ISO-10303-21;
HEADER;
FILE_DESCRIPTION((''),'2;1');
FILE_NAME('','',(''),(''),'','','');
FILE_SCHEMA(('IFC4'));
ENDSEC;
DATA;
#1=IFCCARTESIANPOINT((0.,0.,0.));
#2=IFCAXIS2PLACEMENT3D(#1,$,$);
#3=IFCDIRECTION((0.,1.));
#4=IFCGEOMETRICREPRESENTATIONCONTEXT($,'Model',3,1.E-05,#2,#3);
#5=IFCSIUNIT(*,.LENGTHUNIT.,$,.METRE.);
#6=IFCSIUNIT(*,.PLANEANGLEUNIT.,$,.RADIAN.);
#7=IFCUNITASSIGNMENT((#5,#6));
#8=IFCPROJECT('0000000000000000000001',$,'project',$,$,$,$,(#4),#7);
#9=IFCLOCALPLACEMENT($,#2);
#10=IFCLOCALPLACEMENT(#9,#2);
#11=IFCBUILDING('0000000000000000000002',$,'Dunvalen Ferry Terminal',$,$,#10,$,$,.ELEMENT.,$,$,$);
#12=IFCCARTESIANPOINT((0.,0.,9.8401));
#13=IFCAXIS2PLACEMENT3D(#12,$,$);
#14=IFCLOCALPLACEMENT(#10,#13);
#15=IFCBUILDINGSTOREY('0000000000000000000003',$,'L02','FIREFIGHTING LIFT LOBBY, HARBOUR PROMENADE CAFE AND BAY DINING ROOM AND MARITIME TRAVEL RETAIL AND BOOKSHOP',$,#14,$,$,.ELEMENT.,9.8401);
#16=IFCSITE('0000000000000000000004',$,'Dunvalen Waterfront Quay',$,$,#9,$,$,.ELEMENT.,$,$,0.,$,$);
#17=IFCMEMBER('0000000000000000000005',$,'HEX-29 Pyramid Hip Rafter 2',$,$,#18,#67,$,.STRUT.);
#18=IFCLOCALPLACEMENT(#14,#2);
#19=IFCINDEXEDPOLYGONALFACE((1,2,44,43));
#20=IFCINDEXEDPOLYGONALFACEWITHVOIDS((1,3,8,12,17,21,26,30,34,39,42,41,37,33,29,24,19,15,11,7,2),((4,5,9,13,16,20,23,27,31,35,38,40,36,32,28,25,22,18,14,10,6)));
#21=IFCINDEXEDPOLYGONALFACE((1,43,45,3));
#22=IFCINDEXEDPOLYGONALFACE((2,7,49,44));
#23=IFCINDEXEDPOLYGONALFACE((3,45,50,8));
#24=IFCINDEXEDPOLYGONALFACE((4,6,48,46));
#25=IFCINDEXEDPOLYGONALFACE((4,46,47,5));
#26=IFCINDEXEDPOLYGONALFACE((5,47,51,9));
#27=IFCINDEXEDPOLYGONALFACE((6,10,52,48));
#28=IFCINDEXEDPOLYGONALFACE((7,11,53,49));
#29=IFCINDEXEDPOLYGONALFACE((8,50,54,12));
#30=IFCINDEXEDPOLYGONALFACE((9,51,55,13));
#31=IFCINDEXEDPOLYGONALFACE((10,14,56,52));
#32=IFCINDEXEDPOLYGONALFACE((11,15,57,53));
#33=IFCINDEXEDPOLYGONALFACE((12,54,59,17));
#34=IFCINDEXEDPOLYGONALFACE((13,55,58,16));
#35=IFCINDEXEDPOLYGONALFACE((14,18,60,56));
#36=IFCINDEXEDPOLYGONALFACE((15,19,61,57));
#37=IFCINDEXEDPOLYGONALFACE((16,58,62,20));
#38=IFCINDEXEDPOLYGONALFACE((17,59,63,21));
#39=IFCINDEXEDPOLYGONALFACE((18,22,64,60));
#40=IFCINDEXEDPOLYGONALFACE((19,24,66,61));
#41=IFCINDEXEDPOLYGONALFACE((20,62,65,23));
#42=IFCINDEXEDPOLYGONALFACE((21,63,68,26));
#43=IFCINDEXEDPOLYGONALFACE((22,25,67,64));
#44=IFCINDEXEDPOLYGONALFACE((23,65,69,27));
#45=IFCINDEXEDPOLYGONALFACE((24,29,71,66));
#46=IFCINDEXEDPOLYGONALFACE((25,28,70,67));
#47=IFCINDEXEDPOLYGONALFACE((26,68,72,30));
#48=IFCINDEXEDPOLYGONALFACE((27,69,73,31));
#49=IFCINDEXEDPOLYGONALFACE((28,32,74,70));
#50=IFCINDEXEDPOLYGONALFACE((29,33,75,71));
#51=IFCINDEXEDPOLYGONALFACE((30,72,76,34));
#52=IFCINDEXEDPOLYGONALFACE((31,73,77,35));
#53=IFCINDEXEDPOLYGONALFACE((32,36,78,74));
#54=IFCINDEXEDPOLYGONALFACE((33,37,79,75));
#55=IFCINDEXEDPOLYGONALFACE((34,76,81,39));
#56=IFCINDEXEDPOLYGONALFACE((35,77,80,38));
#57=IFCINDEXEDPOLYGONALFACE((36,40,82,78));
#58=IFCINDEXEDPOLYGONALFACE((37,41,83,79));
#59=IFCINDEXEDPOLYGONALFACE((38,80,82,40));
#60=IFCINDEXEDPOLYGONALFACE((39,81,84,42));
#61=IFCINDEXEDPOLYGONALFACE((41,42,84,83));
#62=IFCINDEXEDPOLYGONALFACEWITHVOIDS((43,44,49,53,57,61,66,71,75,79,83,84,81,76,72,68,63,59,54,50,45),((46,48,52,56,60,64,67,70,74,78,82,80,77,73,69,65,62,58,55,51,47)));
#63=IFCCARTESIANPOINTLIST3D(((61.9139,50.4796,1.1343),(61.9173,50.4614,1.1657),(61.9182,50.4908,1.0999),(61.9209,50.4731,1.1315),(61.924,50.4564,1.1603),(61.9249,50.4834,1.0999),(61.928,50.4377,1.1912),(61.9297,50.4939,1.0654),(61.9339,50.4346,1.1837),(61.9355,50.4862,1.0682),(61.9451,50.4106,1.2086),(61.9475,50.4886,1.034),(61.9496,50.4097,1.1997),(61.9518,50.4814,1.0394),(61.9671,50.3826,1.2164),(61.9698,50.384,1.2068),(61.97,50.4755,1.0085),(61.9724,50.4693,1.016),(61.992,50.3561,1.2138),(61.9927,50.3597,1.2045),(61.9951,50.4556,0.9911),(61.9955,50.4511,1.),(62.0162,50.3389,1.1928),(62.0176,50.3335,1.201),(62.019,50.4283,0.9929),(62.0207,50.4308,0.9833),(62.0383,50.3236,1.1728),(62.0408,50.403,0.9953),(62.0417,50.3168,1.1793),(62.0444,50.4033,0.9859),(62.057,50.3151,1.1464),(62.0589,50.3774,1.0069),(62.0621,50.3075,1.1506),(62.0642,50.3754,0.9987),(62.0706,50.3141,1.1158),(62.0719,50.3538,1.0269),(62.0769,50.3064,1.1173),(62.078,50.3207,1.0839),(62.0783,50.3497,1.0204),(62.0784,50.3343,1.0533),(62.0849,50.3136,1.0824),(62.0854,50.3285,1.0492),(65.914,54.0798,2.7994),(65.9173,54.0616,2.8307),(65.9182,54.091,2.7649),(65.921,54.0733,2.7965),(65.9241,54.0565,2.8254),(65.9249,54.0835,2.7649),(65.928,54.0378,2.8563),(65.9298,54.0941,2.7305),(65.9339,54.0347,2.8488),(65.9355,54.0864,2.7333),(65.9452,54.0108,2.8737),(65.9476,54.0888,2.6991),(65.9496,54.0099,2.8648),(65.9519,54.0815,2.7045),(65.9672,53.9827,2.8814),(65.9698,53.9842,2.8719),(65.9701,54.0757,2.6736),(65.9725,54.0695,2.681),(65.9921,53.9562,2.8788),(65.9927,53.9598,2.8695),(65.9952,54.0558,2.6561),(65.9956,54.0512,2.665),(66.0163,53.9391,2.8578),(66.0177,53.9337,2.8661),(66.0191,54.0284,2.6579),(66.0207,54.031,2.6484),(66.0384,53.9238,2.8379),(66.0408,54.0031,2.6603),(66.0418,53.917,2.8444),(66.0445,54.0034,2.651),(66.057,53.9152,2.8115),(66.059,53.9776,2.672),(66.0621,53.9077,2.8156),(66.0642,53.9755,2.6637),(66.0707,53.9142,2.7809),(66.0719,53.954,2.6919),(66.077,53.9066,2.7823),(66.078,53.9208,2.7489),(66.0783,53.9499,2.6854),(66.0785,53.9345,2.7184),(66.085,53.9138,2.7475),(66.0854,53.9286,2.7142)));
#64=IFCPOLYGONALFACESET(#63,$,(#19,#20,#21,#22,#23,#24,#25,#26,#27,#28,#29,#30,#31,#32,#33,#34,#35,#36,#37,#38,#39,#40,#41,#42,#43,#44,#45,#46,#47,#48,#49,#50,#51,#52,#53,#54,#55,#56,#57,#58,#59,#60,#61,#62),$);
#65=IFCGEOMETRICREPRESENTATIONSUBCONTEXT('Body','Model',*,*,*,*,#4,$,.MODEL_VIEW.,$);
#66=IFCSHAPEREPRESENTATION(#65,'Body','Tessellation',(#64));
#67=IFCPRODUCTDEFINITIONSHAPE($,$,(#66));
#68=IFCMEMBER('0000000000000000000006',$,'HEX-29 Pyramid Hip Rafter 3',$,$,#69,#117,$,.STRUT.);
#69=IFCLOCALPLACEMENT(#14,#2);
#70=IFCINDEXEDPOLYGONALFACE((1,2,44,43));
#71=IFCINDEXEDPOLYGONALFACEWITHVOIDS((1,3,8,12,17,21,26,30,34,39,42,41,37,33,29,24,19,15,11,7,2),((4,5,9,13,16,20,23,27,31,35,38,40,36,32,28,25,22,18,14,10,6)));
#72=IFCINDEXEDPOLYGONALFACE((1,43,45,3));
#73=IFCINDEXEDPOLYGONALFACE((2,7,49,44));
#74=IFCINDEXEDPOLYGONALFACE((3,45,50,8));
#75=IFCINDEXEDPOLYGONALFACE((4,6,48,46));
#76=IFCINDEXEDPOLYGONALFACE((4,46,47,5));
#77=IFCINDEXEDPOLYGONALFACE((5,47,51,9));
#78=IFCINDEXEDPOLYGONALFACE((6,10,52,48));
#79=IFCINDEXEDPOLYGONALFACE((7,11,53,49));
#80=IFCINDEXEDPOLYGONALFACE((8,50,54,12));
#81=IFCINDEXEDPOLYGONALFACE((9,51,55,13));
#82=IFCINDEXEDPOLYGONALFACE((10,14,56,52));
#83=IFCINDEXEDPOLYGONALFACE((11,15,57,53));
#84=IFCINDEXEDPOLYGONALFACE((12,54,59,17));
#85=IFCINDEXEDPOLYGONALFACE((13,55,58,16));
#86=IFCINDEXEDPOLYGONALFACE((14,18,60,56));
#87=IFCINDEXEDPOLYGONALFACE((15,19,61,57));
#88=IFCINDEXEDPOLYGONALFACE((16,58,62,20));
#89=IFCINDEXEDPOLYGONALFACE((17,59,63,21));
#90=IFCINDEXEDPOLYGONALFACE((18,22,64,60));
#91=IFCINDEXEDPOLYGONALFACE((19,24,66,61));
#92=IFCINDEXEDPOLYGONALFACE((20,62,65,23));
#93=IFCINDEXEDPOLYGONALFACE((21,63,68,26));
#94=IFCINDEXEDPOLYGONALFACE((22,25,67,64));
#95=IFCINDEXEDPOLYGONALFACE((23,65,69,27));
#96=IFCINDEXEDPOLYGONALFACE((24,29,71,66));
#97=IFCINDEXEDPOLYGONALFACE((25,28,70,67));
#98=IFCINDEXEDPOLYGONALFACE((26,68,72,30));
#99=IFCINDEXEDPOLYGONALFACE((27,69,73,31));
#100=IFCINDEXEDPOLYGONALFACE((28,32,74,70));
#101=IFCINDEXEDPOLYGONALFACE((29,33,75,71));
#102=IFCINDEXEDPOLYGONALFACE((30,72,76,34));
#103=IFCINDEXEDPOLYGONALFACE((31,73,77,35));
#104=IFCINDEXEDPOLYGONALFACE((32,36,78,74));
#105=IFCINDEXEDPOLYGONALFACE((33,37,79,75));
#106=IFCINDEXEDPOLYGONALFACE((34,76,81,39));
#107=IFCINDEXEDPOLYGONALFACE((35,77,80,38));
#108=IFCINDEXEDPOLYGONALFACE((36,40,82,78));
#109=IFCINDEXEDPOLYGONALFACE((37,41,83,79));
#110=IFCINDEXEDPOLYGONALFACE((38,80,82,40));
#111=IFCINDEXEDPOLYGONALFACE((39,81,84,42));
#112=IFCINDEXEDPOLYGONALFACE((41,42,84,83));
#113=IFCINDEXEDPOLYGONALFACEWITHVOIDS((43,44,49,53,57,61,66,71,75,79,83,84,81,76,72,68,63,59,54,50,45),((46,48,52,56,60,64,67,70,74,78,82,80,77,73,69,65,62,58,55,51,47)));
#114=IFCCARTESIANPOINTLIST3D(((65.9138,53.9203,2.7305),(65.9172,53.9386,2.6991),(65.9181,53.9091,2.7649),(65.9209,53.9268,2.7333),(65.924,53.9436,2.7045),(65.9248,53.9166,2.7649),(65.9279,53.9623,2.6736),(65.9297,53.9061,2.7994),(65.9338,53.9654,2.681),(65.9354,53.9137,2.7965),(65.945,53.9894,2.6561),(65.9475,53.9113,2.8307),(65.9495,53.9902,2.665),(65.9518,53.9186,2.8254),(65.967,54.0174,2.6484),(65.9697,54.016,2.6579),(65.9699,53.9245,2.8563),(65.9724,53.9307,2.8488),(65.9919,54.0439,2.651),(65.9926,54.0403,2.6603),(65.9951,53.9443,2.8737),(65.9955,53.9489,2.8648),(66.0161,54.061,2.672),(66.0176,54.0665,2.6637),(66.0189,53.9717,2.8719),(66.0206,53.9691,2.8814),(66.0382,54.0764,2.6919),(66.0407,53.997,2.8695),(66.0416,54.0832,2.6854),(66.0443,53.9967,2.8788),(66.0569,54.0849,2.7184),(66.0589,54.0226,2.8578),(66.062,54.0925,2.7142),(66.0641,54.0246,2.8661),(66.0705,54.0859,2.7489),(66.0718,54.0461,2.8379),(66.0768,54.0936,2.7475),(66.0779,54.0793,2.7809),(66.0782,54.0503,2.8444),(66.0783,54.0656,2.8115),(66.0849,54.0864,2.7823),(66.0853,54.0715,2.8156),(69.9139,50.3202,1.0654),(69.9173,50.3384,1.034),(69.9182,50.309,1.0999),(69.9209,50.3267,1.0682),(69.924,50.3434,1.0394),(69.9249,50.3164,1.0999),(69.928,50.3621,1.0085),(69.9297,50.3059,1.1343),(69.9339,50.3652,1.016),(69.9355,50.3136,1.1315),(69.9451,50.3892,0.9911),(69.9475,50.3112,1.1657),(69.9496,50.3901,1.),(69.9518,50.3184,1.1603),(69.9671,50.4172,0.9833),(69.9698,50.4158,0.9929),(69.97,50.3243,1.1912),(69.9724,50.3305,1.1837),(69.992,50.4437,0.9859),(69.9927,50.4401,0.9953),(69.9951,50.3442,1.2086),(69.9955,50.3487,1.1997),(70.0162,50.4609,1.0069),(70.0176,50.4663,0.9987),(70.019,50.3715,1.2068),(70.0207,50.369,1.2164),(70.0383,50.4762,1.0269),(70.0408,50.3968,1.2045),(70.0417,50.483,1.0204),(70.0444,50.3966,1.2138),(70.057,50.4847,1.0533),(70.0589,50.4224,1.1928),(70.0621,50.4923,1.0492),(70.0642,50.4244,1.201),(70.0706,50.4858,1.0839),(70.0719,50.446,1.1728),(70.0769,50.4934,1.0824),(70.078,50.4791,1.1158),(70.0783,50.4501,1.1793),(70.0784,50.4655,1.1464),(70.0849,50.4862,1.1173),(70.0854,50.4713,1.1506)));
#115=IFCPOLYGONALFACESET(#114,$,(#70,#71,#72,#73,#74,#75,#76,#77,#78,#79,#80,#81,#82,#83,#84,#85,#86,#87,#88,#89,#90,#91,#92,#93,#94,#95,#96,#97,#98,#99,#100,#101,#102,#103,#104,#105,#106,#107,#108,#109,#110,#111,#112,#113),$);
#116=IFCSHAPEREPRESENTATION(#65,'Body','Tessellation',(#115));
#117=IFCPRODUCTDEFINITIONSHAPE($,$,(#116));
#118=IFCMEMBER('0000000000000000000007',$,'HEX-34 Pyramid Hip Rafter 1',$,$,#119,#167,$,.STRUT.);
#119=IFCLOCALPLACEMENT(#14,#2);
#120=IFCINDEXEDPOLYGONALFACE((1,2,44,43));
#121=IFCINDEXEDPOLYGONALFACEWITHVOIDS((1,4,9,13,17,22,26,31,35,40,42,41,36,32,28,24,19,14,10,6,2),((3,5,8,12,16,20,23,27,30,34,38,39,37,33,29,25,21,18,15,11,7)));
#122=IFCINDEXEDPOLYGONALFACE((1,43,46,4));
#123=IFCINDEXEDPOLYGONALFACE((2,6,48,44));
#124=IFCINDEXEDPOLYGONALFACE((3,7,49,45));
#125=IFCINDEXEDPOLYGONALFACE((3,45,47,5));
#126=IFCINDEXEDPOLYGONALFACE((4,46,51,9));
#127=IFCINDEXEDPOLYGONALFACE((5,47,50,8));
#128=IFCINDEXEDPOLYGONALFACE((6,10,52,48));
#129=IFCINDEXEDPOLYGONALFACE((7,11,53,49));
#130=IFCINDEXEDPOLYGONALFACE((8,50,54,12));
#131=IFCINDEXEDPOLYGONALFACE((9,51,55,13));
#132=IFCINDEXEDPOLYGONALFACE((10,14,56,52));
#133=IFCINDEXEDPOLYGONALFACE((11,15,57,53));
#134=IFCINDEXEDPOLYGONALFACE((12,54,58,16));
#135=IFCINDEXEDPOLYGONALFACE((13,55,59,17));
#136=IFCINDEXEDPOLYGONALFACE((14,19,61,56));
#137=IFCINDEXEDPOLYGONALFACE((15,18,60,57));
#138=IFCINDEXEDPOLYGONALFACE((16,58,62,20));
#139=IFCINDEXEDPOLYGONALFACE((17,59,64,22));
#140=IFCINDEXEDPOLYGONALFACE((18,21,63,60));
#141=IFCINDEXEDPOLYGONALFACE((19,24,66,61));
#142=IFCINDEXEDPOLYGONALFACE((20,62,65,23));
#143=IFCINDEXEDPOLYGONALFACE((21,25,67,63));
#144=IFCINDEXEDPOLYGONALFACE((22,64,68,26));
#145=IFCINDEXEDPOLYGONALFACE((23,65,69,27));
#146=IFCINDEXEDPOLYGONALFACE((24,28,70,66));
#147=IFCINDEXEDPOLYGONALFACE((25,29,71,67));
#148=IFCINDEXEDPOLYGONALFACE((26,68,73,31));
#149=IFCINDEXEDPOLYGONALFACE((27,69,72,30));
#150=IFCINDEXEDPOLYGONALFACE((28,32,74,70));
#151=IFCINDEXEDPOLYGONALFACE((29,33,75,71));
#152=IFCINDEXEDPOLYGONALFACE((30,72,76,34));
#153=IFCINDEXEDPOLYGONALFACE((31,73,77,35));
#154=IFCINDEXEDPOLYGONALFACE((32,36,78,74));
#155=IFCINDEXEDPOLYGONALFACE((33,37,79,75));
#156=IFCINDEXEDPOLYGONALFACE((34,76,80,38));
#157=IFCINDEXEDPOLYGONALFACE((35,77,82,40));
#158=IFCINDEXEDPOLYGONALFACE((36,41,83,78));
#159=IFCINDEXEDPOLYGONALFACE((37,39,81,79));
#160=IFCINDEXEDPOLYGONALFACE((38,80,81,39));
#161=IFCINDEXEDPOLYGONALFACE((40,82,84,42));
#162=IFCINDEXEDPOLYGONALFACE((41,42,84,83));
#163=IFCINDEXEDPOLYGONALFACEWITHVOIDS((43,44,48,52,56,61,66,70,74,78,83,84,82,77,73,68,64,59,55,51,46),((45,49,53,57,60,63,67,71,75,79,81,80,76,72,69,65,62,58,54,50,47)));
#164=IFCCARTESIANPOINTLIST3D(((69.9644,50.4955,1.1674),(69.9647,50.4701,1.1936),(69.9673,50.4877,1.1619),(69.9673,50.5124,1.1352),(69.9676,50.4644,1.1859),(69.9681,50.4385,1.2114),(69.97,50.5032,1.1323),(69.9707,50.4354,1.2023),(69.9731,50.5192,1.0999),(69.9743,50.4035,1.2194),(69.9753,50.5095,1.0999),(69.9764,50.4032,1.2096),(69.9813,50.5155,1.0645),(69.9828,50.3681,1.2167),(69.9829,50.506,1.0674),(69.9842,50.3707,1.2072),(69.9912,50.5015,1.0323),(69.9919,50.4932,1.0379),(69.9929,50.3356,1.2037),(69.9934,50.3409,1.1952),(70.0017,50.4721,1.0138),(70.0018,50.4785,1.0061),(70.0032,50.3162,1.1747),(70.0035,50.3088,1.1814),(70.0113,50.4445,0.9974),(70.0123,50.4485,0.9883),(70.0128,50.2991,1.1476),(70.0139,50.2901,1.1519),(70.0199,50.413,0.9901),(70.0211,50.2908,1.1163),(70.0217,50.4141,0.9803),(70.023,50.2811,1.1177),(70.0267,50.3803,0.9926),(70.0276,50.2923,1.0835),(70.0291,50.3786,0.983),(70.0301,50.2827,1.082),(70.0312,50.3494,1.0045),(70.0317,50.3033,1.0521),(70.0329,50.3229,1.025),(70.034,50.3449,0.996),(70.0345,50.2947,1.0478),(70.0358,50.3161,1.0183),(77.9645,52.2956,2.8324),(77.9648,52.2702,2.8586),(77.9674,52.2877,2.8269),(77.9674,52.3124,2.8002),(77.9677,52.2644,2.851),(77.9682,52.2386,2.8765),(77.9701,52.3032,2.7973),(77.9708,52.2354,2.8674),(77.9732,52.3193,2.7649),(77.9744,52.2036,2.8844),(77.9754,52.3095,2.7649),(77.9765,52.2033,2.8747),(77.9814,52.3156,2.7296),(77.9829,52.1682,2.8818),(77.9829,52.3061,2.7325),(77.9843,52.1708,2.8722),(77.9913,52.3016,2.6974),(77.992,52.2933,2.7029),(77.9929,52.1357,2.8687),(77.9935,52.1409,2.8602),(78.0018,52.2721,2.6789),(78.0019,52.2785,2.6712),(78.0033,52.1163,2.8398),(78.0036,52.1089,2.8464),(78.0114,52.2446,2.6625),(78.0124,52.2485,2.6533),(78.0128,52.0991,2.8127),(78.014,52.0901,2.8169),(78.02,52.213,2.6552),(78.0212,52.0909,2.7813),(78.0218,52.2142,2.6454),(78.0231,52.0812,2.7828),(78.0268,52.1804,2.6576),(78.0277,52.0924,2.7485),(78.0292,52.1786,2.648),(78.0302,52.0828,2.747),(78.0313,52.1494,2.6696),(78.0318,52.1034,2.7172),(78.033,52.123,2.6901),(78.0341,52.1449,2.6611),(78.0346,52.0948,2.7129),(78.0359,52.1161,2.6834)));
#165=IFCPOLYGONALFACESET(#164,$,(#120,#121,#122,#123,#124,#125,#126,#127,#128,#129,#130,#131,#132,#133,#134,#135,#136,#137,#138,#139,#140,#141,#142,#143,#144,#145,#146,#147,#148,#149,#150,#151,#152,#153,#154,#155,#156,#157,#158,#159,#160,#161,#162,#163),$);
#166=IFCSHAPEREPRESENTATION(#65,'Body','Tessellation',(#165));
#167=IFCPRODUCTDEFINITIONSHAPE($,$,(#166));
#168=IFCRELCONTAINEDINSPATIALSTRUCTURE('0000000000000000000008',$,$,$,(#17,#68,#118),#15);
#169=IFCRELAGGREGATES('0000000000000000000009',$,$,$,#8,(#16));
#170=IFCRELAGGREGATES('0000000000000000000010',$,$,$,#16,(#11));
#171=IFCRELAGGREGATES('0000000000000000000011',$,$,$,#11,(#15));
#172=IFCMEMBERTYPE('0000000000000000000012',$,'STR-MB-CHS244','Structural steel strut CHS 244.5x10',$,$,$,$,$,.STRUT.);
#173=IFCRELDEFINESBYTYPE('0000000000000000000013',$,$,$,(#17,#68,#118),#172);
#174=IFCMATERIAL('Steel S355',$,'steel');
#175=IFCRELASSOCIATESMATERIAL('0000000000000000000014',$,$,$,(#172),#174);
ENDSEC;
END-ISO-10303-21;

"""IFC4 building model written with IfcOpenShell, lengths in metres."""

from ifc_helpers import new_model, si_unit, direction, frame, origin, origin_2d, place, context, subcontext, project, spatial, hollow_circle, extrude, material, material_profile, profile_set, type_object, element, save


model = new_model("IFC4")

# Units and contexts
model_context = context("Model", 3, precision=1e-05, world=origin(), true_north=direction((0.0, 1.0)))
body_context = subcontext(model_context, "Body", "Model", "MODEL_VIEW")
ifc_project = project(units=[si_unit("LENGTHUNIT", "METRE"), si_unit("PLANEANGLEUNIT", "RADIAN")], contexts=[model_context])

# Site, building, storey
site_placement = place(None, origin())
site = spatial("IfcSite", under=ifc_project, at=site_placement, Name="Dunvalen Waterfront Quay", CompositionType="ELEMENT", RefElevation=0.0)
building_placement = place(site_placement, origin())
building = spatial("IfcBuilding", under=site, at=building_placement, Name="Dunvalen Ferry Terminal", CompositionType="ELEMENT")
storey_placement = place(building_placement, frame((0.0, 0.0, 9.8401)))
storey = spatial("IfcBuildingStorey", under=building, at=storey_placement, Name="L02", Description="FIREFIGHTING LIFT LOBBY, HARBOUR PROMENADE CAFE AND BAY DINING ROOM AND MARITIME TRAVEL RETAIL AND BOOKSHOP", CompositionType="ELEMENT", Elevation=9.8401)

# Shared definitions
ifc_material_1 = material(Name="Steel S355", Category="steel")

# Members
ifc_material_profile_1 = material_profile(ifc_material_1, hollow_circle(Radius=0.1223, WallThickness=0.01, at=origin_2d()), Name="Steel S355")
ifc_profile_set_1 = profile_set([ifc_material_profile_1], Name="Steel S355")
member_type_1 = type_object("IfcMemberType", Name="STR-MB-CHS244", Description="Structural steel strut CHS 244.5x10", PredefinedType="STRUT", material=ifc_profile_set_1)
for number, where, z_axis, x_axis, name in (
    (1, (62.0, 50.3999, 1.0999), (0.710075, 0.639085, 0.295576), (-0.668975, 0.743285, 0.0), "HEX-29 Pyramid Hip Rafter 2"),
    (2, (70.0, 50.3999, 1.0999), (-0.710075, 0.639085, 0.295576), (-0.668975, -0.743285, 0.0), "HEX-29 Pyramid Hip Rafter 3"),
):
    element("IfcMember", number, at=place(storey_placement, frame(where, z_axis=z_axis, x_axis=x_axis)), inside=storey, type_object=member_type_1, Name=name, PredefinedType="STRUT", context=body_context, shape_type="SweptSolid", body=[
        extrude(hollow_circle(Radius=0.1223, WallThickness=0.01, at=origin_2d()), origin(), (0.0, 0.0, 1.0), 5.6333),
    ])
member_1_placement = place(storey_placement, frame((70.0, 50.3999, 1.0999), z_axis=(0.956097, 0.215128, 0.198992), x_axis=(-0.219518, 0.975608, 0.0)))
element("IfcMember", 3, at=member_1_placement, inside=storey, type_object=member_type_1, Name="HEX-34 Pyramid Hip Rafter 1", PredefinedType="STRUT", context=body_context, shape_type="SweptSolid", body=[
    extrude(hollow_circle(Radius=0.1223, WallThickness=0.01, at=origin_2d()), origin(), (0.0, 0.0, 1.0), 8.3674),
])

save(model, "model.ifc")
